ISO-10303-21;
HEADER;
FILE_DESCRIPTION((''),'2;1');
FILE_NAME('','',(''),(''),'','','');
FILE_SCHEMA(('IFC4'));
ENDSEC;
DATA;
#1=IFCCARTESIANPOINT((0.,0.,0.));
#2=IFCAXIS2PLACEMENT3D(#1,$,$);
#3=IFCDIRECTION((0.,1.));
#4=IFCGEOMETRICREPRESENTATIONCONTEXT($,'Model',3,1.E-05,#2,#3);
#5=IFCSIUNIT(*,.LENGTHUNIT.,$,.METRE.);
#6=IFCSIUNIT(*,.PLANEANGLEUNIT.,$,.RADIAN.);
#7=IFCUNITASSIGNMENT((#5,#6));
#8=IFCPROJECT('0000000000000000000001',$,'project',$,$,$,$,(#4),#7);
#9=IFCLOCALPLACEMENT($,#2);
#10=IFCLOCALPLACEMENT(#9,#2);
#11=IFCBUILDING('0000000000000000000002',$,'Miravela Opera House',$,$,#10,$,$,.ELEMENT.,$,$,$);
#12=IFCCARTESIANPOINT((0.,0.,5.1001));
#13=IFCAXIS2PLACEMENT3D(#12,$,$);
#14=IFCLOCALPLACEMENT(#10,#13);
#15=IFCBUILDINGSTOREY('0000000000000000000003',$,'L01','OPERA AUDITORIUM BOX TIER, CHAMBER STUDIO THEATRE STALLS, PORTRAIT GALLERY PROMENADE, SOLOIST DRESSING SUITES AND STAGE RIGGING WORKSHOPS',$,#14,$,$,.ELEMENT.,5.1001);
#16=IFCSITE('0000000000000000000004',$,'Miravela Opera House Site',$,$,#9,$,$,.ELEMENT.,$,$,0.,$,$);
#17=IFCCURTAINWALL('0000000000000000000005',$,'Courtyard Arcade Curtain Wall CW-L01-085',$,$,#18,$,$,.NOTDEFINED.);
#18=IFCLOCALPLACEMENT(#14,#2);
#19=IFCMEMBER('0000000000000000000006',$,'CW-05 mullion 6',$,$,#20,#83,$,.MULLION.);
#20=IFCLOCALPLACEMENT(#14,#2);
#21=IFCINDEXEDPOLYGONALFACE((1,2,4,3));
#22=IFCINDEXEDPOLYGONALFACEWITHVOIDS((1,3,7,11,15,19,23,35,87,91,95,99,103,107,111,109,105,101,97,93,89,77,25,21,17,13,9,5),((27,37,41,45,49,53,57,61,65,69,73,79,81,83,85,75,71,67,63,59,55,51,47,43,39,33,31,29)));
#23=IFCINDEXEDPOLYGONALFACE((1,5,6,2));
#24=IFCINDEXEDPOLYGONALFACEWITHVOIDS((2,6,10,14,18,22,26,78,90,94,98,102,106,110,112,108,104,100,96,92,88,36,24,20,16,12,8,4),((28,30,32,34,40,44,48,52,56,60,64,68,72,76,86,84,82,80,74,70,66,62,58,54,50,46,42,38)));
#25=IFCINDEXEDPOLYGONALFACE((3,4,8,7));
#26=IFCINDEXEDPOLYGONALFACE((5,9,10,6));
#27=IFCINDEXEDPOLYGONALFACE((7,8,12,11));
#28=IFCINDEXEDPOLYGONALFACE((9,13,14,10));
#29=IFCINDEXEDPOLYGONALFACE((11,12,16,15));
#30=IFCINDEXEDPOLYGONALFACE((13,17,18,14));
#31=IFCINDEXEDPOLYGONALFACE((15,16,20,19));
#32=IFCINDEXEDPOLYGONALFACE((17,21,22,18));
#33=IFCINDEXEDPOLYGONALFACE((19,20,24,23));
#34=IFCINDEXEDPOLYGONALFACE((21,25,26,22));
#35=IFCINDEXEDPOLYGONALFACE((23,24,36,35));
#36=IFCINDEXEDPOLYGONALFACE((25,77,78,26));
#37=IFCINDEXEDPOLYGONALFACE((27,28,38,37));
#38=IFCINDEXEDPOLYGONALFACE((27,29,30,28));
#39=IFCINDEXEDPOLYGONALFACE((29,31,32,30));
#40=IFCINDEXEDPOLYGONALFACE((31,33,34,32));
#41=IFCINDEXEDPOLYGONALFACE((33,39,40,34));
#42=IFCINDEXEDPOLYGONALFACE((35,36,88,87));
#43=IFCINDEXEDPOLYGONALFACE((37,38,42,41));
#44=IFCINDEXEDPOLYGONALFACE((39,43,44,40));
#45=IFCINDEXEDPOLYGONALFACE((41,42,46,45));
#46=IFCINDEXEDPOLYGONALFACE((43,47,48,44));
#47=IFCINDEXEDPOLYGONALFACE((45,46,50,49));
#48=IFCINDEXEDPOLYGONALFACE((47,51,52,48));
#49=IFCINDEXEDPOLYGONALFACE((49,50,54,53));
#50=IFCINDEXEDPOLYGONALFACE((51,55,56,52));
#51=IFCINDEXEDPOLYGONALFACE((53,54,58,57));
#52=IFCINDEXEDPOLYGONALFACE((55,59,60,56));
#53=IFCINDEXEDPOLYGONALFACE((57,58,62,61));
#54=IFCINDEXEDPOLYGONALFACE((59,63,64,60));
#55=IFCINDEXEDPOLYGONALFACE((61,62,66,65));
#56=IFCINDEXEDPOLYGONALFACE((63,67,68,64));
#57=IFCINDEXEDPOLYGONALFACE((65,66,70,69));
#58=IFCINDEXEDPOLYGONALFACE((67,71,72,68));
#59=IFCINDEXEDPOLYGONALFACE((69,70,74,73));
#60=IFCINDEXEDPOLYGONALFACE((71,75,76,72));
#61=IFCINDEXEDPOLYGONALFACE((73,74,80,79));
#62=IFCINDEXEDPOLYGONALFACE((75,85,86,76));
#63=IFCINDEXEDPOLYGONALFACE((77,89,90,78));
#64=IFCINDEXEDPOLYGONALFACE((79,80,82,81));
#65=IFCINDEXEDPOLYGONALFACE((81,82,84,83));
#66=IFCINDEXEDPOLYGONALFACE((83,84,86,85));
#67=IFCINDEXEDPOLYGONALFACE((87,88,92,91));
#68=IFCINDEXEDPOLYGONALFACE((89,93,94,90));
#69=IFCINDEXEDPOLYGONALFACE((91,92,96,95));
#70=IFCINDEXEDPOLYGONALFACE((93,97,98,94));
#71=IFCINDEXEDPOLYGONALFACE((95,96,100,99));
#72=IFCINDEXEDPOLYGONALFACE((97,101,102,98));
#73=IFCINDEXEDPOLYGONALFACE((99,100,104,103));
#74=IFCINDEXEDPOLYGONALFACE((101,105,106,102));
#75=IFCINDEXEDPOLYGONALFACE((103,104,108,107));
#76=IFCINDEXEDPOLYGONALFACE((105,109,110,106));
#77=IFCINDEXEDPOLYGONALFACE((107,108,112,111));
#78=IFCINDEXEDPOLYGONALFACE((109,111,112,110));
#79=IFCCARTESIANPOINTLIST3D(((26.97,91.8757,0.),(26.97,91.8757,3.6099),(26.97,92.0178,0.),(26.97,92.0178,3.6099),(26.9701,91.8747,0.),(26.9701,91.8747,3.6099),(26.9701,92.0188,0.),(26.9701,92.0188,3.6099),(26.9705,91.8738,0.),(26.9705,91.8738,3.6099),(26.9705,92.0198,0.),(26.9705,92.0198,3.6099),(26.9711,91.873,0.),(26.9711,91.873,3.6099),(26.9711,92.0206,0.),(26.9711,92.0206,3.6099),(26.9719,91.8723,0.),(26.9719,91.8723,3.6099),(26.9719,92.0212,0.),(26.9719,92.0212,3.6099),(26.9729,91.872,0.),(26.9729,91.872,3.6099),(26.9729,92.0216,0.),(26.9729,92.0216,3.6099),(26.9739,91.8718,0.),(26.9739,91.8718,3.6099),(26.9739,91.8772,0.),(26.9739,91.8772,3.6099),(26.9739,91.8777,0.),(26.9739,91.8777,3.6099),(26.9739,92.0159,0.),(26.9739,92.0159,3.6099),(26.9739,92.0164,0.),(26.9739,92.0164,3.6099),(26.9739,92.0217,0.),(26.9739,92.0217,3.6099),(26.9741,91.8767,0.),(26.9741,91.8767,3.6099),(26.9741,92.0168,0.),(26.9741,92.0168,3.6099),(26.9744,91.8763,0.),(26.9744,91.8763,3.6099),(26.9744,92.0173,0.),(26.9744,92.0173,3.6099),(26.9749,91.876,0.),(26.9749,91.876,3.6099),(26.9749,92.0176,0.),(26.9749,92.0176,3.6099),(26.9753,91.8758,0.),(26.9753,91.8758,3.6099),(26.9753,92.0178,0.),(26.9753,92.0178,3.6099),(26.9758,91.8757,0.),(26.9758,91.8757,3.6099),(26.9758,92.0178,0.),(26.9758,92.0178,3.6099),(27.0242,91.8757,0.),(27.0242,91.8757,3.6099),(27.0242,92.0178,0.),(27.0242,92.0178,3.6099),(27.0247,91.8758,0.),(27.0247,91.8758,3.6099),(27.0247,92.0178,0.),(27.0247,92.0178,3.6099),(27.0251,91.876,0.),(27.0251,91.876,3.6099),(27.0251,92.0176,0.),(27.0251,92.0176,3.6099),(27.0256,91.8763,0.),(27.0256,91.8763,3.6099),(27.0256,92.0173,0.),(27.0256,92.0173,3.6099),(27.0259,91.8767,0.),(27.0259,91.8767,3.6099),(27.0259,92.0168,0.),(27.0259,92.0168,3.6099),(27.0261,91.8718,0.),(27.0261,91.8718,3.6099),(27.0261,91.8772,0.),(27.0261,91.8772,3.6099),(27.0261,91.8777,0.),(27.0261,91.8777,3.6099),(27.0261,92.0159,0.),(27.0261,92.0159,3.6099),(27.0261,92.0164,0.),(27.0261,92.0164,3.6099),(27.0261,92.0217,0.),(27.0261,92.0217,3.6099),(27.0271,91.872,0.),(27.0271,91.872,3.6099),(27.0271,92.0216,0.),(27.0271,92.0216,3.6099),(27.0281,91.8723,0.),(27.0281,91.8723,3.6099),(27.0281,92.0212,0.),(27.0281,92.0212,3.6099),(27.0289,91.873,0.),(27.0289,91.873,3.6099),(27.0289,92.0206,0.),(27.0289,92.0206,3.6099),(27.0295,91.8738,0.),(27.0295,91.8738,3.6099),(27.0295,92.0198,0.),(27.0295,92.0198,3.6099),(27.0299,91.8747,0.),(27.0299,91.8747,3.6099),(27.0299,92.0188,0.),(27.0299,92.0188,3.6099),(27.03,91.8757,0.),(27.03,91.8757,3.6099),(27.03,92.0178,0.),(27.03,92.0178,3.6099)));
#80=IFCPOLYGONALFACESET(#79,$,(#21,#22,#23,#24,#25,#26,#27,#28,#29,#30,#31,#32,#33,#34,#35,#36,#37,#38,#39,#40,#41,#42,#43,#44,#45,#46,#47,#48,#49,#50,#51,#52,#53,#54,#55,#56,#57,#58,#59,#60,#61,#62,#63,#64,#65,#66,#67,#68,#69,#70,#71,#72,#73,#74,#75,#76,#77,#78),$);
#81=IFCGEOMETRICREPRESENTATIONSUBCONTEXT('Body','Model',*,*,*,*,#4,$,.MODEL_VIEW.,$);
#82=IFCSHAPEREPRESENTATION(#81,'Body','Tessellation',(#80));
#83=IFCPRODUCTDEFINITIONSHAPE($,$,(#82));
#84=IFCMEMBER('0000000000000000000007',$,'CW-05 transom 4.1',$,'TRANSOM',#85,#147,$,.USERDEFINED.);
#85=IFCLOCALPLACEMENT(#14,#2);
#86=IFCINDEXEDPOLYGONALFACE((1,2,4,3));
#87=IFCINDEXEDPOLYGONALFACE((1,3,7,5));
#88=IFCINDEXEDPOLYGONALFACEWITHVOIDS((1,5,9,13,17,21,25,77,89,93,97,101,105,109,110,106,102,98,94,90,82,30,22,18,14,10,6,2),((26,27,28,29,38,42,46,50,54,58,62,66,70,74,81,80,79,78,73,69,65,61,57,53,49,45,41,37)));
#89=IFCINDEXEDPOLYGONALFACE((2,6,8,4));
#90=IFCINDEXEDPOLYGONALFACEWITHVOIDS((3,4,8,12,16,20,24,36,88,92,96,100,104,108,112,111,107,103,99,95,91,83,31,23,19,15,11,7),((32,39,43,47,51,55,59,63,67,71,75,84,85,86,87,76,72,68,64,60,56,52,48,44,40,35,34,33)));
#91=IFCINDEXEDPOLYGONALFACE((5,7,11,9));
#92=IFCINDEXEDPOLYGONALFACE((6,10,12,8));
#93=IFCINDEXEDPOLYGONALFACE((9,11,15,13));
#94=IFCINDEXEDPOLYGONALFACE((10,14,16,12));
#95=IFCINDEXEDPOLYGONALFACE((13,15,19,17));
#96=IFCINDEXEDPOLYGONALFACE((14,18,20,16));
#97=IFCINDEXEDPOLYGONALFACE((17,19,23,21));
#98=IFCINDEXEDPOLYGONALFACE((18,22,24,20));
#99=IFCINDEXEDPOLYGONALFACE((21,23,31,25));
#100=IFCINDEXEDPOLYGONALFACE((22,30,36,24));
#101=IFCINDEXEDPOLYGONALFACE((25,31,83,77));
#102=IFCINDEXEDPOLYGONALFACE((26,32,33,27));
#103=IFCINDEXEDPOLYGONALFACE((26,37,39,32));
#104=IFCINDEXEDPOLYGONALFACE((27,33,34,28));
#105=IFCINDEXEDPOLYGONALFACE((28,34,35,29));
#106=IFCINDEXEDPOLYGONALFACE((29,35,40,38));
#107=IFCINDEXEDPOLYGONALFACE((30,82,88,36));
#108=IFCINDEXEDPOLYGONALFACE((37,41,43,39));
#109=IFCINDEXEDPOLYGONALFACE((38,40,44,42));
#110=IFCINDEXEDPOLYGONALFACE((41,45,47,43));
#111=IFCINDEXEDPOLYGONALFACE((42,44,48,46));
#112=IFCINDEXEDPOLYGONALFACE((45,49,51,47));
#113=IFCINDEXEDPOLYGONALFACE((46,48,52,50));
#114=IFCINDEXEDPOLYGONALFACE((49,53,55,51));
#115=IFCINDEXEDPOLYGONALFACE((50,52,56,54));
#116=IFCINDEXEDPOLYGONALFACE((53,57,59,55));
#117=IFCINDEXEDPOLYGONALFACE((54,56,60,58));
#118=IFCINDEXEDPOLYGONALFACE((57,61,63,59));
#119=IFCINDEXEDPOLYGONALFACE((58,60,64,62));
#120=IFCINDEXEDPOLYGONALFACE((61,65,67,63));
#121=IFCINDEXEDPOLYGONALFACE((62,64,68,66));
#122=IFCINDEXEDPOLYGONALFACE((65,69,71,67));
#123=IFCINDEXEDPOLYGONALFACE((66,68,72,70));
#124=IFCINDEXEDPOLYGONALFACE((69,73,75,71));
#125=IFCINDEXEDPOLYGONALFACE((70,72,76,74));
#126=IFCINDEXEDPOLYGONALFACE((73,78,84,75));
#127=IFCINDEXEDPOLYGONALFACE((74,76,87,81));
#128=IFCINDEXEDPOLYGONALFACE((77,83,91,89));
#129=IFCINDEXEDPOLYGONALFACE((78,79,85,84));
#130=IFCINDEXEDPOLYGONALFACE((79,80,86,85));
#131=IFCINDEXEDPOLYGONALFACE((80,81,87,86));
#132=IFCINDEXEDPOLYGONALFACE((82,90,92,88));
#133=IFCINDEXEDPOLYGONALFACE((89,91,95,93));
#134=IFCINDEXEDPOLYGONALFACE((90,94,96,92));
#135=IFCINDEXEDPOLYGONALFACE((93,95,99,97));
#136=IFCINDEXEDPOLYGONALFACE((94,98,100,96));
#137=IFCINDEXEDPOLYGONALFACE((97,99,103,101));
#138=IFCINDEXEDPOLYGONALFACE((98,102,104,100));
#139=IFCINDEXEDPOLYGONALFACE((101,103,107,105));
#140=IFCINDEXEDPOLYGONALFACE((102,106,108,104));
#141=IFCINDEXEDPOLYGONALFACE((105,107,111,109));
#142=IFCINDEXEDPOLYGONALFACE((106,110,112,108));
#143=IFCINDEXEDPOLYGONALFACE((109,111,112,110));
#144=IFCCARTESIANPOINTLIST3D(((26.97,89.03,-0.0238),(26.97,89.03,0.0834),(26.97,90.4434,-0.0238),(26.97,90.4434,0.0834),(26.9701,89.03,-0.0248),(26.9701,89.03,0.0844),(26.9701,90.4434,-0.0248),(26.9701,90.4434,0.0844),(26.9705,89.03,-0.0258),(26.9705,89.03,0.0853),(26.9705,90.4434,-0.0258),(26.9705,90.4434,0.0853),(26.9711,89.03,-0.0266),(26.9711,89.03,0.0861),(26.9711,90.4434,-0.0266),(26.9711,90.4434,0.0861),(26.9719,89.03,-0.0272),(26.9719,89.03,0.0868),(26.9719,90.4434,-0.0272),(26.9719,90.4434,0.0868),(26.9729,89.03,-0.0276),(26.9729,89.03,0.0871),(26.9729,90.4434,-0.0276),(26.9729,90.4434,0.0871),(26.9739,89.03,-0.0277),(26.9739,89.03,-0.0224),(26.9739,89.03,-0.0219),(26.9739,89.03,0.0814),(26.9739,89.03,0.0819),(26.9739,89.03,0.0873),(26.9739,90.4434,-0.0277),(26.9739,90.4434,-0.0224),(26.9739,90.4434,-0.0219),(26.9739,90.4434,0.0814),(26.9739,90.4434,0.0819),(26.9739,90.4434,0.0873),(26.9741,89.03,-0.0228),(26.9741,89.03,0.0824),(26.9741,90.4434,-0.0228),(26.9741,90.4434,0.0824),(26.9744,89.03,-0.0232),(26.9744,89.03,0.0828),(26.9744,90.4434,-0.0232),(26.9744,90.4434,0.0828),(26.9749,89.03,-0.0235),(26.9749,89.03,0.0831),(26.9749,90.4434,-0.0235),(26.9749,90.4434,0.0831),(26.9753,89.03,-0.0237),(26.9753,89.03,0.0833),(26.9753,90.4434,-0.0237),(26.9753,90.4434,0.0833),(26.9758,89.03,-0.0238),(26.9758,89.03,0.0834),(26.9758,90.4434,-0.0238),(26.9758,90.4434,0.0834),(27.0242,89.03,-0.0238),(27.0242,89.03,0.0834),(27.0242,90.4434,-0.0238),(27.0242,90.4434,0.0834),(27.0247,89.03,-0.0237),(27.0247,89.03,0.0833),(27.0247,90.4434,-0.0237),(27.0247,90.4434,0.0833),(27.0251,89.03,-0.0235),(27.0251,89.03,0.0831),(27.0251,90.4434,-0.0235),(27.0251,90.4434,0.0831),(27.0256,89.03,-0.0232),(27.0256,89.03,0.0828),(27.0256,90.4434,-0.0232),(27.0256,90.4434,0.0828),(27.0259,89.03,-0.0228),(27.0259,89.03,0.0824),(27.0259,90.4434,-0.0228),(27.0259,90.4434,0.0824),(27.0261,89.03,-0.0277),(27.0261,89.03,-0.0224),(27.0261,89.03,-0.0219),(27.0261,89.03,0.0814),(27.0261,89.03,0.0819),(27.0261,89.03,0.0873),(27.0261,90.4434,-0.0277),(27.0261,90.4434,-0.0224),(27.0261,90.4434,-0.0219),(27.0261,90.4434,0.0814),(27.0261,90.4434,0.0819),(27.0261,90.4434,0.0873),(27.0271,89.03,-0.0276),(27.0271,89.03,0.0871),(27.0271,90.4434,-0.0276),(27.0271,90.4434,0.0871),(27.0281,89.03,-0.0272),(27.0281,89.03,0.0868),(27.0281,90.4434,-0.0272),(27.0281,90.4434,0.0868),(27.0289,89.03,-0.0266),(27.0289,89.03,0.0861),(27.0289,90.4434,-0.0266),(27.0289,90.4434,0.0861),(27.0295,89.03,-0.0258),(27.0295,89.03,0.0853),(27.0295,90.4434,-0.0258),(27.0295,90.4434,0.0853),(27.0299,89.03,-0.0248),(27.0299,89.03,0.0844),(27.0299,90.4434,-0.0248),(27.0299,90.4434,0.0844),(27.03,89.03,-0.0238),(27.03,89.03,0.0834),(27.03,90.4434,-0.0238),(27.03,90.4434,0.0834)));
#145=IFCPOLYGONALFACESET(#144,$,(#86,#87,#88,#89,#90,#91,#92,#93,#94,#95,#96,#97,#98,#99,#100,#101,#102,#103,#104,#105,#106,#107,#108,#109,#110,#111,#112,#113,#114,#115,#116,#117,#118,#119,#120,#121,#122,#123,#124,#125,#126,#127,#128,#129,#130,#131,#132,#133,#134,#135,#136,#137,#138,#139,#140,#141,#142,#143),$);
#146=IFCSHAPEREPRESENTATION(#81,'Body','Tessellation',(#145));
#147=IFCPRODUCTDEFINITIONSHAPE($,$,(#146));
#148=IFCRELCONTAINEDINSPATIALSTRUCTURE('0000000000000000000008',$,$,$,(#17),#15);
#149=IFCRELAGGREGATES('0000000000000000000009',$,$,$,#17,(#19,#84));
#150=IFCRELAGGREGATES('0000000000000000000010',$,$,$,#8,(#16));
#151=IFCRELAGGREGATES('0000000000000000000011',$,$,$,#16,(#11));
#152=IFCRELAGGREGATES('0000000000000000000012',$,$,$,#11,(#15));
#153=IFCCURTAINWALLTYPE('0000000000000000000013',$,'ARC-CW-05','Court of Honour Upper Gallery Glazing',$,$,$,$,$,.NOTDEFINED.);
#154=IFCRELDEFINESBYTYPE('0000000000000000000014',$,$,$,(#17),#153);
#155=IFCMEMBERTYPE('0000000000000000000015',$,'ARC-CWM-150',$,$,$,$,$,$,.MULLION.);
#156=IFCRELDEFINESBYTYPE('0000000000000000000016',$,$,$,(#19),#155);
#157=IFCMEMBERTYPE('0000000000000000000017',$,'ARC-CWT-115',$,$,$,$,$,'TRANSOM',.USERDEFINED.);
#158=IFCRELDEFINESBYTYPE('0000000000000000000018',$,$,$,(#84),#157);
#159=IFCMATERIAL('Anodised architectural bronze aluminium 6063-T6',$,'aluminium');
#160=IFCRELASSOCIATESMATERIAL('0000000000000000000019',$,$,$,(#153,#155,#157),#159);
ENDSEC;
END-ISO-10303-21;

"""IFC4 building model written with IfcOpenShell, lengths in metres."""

from ifc_helpers import new_model, si_unit, direction, frame, origin, origin_2d, place, context, subcontext, project, spatial, hollow_rectangle, extrude, material, material_profile, profile_set, type_object, element, aggregate, save


model = new_model("IFC4")

# Units and contexts
model_context = context("Model", 3, precision=1e-05, world=origin(), true_north=direction((0.0, 1.0)))
body_context = subcontext(model_context, "Body", "Model", "MODEL_VIEW")
ifc_project = project(units=[si_unit("LENGTHUNIT", "METRE"), si_unit("PLANEANGLEUNIT", "RADIAN")], contexts=[model_context])

# Site, building, storey
site_placement = place(None, origin())
site = spatial("IfcSite", under=ifc_project, at=site_placement, Name="Miravela Opera House Site", CompositionType="ELEMENT", RefElevation=0.0)
building_placement = place(site_placement, origin())
building = spatial("IfcBuilding", under=site, at=building_placement, Name="Miravela Opera House", CompositionType="ELEMENT")
storey_placement = place(building_placement, frame((0.0, 0.0, 5.1001)))
storey = spatial("IfcBuildingStorey", under=building, at=storey_placement, Name="L01", Description="OPERA AUDITORIUM BOX TIER, CHAMBER STUDIO THEATRE STALLS, PORTRAIT GALLERY PROMENADE, SOLOIST DRESSING SUITES AND STAGE RIGGING WORKSHOPS", CompositionType="ELEMENT", Elevation=5.1001)

# Curtain wall, members
ifc_material_1 = material(Name="Anodised architectural bronze aluminium 6063-T6", Category="aluminium")
curtain_wall_type = type_object("IfcCurtainWallType", Name="ARC-CW-05", Description="Court of Honour Upper Gallery Glazing", PredefinedType="NOTDEFINED", material=ifc_material_1)
curtain_wall_placement = place(storey_placement, origin())
curtain_wall = element("IfcCurtainWall", 1, at=curtain_wall_placement, inside=storey, type_object=curtain_wall_type, Name="Courtyard Arcade Curtain Wall CW-L01-085", PredefinedType="NOTDEFINED")
ifc_material_profile_1 = material_profile(ifc_material_1, hollow_rectangle(XDim=0.0601, YDim=0.1499, WallThickness=0.0039, InnerFilletRadius=0.002, OuterFilletRadius=0.0039, at=origin_2d()), Name="CWM-60X150")
ifc_profile_set_1 = profile_set([ifc_material_profile_1])
member_type_1 = type_object("IfcMemberType", Name="ARC-CWM-150", PredefinedType="MULLION", material=ifc_profile_set_1)
member_1_placement = place(storey_placement, frame((27.0, 91.9468, 0.0), z_axis=(0.0, 0.0, 1.0), x_axis=(-1.0, 0.0, 0.0)))
member_1 = element("IfcMember", 2, at=member_1_placement, type_object=member_type_1, Name="CW-05 mullion 6", PredefinedType="MULLION", context=body_context, shape_type="SweptSolid", body=[
    extrude(hollow_rectangle(XDim=0.0601, YDim=0.1499, WallThickness=0.0039, InnerFilletRadius=0.002, OuterFilletRadius=0.0039, at=origin_2d()), origin(), (0.0, 0.0, 1.0), 3.6099),
])
ifc_material_profile_2 = material_profile(ifc_material_1, hollow_rectangle(XDim=0.0601, YDim=0.115, WallThickness=0.0039, InnerFilletRadius=0.002, OuterFilletRadius=0.0039, at=origin_2d()), Name="CWT-60X115")
ifc_profile_set_2 = profile_set([ifc_material_profile_2])
member_type_2 = type_object("IfcMemberType", Name="ARC-CWT-115", ElementType="TRANSOM", PredefinedType="USERDEFINED", material=ifc_profile_set_2)
member_2_placement = place(storey_placement, frame((27.0, 89.03, 0.0298), z_axis=(0.0, 1.0, 0.0), x_axis=(-1.0, 0.0, 0.0)))
member_2 = element("IfcMember", 3, at=member_2_placement, type_object=member_type_2, Name="CW-05 transom 4.1", ObjectType="TRANSOM", PredefinedType="USERDEFINED", context=body_context, shape_type="SweptSolid", body=[
    extrude(hollow_rectangle(XDim=0.0601, YDim=0.115, WallThickness=0.0039, InnerFilletRadius=0.002, OuterFilletRadius=0.0039, at=origin_2d()), origin(), (0.0, 0.0, 1.0), 1.4133),
])
aggregate(curtain_wall, [member_1, member_2])

save(model, "model.ifc")
